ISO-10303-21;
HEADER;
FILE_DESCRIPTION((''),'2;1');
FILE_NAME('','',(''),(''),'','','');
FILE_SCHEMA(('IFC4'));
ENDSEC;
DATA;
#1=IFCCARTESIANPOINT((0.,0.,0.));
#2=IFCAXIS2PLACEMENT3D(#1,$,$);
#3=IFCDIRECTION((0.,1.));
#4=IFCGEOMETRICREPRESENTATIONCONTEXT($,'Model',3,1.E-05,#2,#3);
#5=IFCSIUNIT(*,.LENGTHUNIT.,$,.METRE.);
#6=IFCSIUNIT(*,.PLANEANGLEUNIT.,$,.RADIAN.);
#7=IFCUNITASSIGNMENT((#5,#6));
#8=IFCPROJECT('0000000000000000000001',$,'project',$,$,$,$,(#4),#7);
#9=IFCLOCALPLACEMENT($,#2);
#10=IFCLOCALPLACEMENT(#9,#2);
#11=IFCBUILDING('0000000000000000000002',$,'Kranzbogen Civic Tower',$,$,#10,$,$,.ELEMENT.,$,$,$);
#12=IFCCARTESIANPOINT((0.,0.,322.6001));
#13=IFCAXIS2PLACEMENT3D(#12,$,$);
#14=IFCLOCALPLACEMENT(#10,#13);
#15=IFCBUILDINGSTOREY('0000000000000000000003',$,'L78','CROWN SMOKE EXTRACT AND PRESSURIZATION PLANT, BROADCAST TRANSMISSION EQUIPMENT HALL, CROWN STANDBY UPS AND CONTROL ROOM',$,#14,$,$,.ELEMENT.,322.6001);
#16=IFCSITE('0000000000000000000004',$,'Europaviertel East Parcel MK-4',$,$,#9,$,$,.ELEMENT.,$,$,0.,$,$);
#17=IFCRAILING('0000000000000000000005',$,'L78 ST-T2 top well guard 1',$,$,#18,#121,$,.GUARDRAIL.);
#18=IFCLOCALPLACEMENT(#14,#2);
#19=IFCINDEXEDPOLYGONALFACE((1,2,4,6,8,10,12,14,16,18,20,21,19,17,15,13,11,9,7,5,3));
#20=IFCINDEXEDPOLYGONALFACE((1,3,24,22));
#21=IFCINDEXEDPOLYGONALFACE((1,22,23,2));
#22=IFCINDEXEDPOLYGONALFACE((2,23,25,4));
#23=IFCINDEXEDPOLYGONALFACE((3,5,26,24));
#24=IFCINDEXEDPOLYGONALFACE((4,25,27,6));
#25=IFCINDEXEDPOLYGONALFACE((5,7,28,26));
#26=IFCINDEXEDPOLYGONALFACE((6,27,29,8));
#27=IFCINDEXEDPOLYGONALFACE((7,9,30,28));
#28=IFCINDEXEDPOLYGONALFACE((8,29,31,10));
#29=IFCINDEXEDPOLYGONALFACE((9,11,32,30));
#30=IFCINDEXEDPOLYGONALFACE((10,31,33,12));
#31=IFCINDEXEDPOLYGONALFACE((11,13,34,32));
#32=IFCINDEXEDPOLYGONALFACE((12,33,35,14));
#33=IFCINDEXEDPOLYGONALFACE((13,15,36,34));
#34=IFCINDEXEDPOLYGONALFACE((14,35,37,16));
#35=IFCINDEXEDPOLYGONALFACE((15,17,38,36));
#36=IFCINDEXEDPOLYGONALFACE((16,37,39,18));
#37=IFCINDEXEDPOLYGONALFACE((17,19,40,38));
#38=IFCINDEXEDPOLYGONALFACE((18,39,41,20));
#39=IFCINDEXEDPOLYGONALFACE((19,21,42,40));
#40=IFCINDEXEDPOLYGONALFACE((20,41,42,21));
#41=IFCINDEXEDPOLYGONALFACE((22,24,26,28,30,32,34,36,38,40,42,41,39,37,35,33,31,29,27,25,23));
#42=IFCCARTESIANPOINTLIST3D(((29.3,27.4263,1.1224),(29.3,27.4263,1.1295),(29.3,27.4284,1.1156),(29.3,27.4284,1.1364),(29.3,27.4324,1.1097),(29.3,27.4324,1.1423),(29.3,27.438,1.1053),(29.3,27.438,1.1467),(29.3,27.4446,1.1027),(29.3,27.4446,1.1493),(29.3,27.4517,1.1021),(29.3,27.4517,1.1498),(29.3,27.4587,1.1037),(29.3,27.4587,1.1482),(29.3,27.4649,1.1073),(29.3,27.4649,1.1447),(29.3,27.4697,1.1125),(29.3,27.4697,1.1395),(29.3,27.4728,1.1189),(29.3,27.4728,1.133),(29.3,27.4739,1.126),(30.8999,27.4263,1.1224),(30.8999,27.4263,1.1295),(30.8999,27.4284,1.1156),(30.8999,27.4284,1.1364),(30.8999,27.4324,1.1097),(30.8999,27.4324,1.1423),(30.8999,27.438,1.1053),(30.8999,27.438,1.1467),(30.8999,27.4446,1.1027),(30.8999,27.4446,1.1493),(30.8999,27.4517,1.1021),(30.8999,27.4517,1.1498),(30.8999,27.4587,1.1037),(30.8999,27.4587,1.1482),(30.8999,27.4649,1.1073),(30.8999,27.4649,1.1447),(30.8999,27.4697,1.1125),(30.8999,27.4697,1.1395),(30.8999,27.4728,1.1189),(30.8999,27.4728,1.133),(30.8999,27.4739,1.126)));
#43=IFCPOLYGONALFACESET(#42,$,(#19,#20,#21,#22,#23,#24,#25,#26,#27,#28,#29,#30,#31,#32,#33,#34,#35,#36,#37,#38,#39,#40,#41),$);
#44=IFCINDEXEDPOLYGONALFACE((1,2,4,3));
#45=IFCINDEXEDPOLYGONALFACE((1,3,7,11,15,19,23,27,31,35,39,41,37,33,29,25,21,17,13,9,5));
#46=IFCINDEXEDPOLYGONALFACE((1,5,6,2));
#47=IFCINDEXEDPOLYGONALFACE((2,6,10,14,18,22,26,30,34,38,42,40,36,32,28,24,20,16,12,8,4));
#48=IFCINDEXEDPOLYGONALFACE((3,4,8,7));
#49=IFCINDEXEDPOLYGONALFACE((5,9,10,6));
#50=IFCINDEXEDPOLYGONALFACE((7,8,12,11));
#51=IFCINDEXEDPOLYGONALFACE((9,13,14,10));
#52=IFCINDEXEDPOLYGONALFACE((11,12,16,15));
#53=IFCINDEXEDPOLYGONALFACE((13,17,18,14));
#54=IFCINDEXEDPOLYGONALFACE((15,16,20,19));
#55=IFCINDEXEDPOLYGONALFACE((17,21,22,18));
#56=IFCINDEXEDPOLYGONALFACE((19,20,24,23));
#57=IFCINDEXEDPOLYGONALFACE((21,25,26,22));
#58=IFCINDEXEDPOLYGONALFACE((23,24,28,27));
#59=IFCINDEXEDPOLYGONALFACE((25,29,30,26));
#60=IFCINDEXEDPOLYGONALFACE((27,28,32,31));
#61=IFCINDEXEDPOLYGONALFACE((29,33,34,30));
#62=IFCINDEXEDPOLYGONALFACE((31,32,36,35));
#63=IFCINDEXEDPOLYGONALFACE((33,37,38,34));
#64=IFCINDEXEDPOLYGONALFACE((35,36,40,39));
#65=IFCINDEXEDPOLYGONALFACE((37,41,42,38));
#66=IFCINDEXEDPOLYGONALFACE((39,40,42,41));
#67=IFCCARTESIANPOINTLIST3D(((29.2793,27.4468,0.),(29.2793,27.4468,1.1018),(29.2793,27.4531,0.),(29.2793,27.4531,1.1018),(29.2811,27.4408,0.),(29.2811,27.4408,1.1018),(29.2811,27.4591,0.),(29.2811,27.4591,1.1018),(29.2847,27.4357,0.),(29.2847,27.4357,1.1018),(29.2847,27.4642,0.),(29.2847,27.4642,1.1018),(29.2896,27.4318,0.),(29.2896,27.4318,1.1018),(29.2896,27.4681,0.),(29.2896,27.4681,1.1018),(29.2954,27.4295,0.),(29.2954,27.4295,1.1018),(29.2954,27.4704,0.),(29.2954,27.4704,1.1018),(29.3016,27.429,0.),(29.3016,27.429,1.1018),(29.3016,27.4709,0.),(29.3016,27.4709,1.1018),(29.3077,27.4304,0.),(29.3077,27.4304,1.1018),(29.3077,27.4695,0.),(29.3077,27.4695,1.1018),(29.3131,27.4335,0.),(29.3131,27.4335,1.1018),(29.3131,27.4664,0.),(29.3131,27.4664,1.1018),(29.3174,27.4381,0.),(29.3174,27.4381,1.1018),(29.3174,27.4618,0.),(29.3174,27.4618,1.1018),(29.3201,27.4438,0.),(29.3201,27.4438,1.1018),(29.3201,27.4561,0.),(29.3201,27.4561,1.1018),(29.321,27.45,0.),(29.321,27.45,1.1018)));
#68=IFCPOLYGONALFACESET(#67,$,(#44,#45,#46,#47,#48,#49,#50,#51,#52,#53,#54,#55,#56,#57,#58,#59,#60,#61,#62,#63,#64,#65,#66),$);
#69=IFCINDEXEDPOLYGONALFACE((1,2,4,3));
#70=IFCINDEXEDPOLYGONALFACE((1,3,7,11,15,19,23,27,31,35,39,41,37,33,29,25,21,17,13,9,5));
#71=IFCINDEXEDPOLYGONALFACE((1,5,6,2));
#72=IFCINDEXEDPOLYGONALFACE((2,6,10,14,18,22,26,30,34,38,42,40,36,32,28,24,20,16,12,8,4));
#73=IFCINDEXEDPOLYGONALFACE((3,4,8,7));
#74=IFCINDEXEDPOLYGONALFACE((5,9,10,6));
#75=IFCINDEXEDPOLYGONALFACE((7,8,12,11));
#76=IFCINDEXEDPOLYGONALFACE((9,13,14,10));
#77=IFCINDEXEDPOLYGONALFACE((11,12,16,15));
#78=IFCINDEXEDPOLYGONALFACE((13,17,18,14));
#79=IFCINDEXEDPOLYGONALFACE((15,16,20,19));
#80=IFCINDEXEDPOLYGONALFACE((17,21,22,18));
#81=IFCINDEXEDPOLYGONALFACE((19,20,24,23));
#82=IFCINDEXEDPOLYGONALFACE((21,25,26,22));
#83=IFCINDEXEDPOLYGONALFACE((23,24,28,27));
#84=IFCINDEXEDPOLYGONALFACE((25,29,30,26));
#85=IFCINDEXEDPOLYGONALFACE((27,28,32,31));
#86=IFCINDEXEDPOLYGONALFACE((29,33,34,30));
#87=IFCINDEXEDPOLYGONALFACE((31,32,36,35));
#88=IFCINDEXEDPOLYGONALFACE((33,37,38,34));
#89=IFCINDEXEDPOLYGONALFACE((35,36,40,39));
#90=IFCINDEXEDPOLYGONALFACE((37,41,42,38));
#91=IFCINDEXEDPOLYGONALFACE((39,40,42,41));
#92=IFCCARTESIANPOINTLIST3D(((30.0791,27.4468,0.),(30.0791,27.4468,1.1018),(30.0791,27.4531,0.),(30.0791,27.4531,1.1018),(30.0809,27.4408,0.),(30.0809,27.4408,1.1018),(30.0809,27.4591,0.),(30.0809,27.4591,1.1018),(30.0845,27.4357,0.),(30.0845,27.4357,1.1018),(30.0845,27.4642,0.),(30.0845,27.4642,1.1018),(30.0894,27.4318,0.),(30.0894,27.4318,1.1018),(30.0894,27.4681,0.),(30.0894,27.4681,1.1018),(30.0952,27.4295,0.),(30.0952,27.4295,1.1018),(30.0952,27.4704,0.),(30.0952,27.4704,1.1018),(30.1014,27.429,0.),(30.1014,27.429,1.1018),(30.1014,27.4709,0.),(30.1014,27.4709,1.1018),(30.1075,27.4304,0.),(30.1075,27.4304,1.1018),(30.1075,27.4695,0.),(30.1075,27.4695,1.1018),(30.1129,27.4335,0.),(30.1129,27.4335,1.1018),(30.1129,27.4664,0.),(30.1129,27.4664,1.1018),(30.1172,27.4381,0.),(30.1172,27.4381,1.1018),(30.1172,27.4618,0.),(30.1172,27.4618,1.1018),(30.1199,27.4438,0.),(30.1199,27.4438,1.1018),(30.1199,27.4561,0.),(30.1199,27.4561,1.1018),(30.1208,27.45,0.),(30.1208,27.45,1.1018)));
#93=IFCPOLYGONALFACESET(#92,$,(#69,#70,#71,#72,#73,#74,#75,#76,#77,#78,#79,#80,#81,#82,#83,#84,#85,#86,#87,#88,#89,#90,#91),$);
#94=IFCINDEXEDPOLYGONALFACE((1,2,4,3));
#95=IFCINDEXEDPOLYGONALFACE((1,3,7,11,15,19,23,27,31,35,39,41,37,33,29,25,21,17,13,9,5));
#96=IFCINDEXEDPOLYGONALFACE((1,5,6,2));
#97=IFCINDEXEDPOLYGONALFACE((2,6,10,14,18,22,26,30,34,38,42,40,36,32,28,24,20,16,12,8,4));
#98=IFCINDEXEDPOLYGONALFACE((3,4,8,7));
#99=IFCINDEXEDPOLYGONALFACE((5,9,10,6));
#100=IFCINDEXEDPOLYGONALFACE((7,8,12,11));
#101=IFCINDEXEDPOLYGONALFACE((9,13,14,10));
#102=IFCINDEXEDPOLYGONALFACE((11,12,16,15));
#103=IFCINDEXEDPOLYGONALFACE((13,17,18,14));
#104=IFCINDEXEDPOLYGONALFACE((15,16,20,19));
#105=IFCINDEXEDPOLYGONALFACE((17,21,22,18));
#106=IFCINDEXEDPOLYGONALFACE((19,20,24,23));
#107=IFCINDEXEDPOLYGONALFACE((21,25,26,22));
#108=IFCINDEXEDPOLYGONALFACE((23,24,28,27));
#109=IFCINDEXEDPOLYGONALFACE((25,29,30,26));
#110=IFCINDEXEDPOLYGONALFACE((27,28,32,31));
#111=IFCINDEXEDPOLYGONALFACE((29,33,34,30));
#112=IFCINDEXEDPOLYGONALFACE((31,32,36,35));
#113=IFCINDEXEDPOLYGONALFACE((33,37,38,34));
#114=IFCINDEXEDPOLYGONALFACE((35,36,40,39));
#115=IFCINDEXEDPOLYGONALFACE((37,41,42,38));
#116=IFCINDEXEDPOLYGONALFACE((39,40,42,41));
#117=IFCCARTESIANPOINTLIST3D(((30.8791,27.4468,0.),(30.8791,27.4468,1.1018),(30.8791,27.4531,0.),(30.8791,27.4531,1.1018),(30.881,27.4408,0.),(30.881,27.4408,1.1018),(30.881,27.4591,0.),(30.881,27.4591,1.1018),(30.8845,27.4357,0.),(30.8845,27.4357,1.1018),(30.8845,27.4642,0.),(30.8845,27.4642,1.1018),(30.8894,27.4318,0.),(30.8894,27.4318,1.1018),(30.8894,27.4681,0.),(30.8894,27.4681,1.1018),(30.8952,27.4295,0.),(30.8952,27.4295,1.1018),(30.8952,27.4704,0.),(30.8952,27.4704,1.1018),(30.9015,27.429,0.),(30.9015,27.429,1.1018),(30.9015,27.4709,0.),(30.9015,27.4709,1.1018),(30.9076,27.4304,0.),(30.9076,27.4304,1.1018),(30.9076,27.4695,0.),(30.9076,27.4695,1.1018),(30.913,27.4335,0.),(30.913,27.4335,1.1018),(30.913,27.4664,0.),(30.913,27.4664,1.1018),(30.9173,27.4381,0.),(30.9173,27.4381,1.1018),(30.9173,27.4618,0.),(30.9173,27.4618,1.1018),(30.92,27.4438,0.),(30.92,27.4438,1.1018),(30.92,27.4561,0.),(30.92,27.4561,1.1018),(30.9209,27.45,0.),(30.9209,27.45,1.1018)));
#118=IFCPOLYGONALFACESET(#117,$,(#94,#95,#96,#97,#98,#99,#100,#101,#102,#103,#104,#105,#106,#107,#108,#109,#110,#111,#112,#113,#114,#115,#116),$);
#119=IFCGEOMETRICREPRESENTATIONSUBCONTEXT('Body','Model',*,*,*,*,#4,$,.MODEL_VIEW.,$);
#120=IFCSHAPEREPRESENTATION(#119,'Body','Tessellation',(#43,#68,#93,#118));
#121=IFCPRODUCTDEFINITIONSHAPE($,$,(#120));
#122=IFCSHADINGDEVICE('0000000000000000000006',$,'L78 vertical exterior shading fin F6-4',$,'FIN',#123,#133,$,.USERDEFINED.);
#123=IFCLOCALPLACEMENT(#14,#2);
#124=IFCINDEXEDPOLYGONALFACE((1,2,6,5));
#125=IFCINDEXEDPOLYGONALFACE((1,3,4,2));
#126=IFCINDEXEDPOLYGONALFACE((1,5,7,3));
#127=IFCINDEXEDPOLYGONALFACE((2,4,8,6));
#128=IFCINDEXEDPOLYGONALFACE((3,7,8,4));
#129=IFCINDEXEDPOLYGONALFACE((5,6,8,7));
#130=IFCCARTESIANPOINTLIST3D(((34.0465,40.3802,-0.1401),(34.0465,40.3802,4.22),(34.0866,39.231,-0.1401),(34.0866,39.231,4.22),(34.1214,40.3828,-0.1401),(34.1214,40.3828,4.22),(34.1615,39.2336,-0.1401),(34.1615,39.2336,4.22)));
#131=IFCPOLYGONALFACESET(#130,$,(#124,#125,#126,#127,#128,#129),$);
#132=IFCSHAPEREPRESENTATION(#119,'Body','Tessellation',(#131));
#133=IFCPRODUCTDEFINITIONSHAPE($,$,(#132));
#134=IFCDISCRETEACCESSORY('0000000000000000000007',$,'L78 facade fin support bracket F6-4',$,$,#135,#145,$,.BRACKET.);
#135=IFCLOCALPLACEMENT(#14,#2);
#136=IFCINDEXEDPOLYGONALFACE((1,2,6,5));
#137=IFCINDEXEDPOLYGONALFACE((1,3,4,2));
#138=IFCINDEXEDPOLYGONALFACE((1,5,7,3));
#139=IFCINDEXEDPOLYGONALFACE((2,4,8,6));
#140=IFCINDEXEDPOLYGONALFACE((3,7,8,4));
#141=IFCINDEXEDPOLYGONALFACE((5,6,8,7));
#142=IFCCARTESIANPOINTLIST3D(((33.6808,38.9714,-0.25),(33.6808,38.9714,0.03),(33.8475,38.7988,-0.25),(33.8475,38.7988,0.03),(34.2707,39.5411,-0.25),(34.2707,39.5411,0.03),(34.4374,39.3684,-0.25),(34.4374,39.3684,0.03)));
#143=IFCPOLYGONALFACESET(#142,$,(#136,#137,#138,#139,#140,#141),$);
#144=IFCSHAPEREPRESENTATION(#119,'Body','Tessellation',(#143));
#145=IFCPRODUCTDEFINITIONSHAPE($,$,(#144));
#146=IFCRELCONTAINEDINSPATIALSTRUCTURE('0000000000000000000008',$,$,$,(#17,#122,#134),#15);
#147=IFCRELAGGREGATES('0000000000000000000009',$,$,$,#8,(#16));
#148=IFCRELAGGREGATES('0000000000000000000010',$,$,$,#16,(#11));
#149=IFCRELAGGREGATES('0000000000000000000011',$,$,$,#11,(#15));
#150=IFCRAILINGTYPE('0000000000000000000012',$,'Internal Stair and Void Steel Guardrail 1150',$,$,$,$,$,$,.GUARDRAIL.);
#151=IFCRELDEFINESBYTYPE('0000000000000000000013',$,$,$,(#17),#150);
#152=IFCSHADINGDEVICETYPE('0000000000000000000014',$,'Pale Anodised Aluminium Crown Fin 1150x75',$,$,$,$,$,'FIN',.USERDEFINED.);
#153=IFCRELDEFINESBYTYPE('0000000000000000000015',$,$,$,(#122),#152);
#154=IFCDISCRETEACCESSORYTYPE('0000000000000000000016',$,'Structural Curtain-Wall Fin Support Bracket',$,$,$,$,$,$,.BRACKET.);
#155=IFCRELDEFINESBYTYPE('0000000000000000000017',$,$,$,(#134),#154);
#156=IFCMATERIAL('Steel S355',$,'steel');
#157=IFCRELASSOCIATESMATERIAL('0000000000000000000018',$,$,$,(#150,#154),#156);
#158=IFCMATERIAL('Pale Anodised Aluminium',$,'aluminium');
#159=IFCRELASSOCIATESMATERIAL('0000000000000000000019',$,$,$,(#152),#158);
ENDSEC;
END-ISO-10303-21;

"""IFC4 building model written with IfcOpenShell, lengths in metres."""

from ifc_helpers import new_model, si_unit, direction, frame, origin, origin_2d, place, context, subcontext, project, spatial, rectangle, circle, extrude, material, type_object, element, save


model = new_model("IFC4")

# Units and contexts
model_context = context("Model", 3, precision=1e-05, world=origin(), true_north=direction((0.0, 1.0)))
body_context = subcontext(model_context, "Body", "Model", "MODEL_VIEW")
ifc_project = project(units=[si_unit("LENGTHUNIT", "METRE"), si_unit("PLANEANGLEUNIT", "RADIAN")], contexts=[model_context])

# Site, building, storey
site_placement = place(None, origin())
site = spatial("IfcSite", under=ifc_project, at=site_placement, Name="Europaviertel East Parcel MK-4", CompositionType="ELEMENT", RefElevation=0.0)
building_placement = place(site_placement, origin())
building = spatial("IfcBuilding", under=site, at=building_placement, Name="Kranzbogen Civic Tower", CompositionType="ELEMENT")
storey_placement = place(building_placement, frame((0.0, 0.0, 322.6001)))
storey = spatial("IfcBuildingStorey", under=building, at=storey_placement, Name="L78", Description="CROWN SMOKE EXTRACT AND PRESSURIZATION PLANT, BROADCAST TRANSMISSION EQUIPMENT HALL, CROWN STANDBY UPS AND CONTROL ROOM", CompositionType="ELEMENT", Elevation=322.6001)

# Shared definitions
ifc_material_1 = material(Name="Steel S355", Category="steel")

# Shared definitions
ifc_material_2 = material(Name="Pale Anodised Aluminium", Category="aluminium")

# Railing
railing_type = type_object("IfcRailingType", Name="Internal Stair and Void Steel Guardrail 1150", PredefinedType="GUARDRAIL", material=ifc_material_1)
railing_placement = place(storey_placement, frame((29.3, 27.45, 0.0)))
element("IfcRailing", 1, at=railing_placement, inside=storey, type_object=railing_type, Name="L78 ST-T2 top well guard 1", PredefinedType="GUARDRAIL", context=body_context, shape_type="SweptSolid", body=[
    extrude(circle(Radius=0.0239, at=origin_2d()), frame((0.0, 0.0, 1.126), z_axis=(1.0, 0.0, 0.0), x_axis=(0.0, 1.0, 0.0)), (0.0, 0.0, 1.0), 1.5999),
    extrude(circle(Radius=0.021, at=origin_2d()), origin(), (0.0, 0.0, 1.0), 1.1018),
    extrude(circle(Radius=0.021, at=origin_2d()), frame((0.7998, 0.0, 0.0)), (0.0, 0.0, 1.0), 1.1018),
    extrude(circle(Radius=0.021, at=origin_2d()), frame((1.5999, 0.0, 0.0)), (0.0, 0.0, 1.0), 1.1018),
])

# Shading device
shading_device_type = type_object("IfcShadingDeviceType", Name="Pale Anodised Aluminium Crown Fin 1150x75", ElementType="FIN", PredefinedType="USERDEFINED", material=ifc_material_2)
shading_device_placement = place(storey_placement, frame((34.104, 39.8069, -0.1401), z_axis=(0.0, 0.0, 1.0), x_axis=(-0.034899, 0.999391, 0.0)))
element("IfcShadingDevice", 2, at=shading_device_placement, inside=storey, type_object=shading_device_type, Name="L78 vertical exterior shading fin F6-4", ObjectType="FIN", PredefinedType="USERDEFINED", context=body_context, shape_type="SweptSolid", body=[
    extrude(rectangle(XDim=1.1499, YDim=0.075, at=origin_2d()), origin(), (0.0, 0.0, 1.0), 4.3601),
])

# Discrete accessory
discrete_accessory_type = type_object("IfcDiscreteAccessoryType", Name="Structural Curtain-Wall Fin Support Bracket", PredefinedType="BRACKET", material=ifc_material_1)
discrete_accessory_placement = place(storey_placement, frame((34.0591, 39.1699, -0.25), z_axis=(0.0, 0.0, 1.0), x_axis=(0.71934, 0.694658, 0.0)))
element("IfcDiscreteAccessory", 3, at=discrete_accessory_placement, inside=storey, type_object=discrete_accessory_type, Name="L78 facade fin support bracket F6-4", PredefinedType="BRACKET", context=body_context, shape_type="SweptSolid", body=[
    extrude(rectangle(XDim=0.8201, YDim=0.24, at=origin_2d()), origin(), (0.0, 0.0, 1.0), 0.28),
])

save(model, "model.ifc")
